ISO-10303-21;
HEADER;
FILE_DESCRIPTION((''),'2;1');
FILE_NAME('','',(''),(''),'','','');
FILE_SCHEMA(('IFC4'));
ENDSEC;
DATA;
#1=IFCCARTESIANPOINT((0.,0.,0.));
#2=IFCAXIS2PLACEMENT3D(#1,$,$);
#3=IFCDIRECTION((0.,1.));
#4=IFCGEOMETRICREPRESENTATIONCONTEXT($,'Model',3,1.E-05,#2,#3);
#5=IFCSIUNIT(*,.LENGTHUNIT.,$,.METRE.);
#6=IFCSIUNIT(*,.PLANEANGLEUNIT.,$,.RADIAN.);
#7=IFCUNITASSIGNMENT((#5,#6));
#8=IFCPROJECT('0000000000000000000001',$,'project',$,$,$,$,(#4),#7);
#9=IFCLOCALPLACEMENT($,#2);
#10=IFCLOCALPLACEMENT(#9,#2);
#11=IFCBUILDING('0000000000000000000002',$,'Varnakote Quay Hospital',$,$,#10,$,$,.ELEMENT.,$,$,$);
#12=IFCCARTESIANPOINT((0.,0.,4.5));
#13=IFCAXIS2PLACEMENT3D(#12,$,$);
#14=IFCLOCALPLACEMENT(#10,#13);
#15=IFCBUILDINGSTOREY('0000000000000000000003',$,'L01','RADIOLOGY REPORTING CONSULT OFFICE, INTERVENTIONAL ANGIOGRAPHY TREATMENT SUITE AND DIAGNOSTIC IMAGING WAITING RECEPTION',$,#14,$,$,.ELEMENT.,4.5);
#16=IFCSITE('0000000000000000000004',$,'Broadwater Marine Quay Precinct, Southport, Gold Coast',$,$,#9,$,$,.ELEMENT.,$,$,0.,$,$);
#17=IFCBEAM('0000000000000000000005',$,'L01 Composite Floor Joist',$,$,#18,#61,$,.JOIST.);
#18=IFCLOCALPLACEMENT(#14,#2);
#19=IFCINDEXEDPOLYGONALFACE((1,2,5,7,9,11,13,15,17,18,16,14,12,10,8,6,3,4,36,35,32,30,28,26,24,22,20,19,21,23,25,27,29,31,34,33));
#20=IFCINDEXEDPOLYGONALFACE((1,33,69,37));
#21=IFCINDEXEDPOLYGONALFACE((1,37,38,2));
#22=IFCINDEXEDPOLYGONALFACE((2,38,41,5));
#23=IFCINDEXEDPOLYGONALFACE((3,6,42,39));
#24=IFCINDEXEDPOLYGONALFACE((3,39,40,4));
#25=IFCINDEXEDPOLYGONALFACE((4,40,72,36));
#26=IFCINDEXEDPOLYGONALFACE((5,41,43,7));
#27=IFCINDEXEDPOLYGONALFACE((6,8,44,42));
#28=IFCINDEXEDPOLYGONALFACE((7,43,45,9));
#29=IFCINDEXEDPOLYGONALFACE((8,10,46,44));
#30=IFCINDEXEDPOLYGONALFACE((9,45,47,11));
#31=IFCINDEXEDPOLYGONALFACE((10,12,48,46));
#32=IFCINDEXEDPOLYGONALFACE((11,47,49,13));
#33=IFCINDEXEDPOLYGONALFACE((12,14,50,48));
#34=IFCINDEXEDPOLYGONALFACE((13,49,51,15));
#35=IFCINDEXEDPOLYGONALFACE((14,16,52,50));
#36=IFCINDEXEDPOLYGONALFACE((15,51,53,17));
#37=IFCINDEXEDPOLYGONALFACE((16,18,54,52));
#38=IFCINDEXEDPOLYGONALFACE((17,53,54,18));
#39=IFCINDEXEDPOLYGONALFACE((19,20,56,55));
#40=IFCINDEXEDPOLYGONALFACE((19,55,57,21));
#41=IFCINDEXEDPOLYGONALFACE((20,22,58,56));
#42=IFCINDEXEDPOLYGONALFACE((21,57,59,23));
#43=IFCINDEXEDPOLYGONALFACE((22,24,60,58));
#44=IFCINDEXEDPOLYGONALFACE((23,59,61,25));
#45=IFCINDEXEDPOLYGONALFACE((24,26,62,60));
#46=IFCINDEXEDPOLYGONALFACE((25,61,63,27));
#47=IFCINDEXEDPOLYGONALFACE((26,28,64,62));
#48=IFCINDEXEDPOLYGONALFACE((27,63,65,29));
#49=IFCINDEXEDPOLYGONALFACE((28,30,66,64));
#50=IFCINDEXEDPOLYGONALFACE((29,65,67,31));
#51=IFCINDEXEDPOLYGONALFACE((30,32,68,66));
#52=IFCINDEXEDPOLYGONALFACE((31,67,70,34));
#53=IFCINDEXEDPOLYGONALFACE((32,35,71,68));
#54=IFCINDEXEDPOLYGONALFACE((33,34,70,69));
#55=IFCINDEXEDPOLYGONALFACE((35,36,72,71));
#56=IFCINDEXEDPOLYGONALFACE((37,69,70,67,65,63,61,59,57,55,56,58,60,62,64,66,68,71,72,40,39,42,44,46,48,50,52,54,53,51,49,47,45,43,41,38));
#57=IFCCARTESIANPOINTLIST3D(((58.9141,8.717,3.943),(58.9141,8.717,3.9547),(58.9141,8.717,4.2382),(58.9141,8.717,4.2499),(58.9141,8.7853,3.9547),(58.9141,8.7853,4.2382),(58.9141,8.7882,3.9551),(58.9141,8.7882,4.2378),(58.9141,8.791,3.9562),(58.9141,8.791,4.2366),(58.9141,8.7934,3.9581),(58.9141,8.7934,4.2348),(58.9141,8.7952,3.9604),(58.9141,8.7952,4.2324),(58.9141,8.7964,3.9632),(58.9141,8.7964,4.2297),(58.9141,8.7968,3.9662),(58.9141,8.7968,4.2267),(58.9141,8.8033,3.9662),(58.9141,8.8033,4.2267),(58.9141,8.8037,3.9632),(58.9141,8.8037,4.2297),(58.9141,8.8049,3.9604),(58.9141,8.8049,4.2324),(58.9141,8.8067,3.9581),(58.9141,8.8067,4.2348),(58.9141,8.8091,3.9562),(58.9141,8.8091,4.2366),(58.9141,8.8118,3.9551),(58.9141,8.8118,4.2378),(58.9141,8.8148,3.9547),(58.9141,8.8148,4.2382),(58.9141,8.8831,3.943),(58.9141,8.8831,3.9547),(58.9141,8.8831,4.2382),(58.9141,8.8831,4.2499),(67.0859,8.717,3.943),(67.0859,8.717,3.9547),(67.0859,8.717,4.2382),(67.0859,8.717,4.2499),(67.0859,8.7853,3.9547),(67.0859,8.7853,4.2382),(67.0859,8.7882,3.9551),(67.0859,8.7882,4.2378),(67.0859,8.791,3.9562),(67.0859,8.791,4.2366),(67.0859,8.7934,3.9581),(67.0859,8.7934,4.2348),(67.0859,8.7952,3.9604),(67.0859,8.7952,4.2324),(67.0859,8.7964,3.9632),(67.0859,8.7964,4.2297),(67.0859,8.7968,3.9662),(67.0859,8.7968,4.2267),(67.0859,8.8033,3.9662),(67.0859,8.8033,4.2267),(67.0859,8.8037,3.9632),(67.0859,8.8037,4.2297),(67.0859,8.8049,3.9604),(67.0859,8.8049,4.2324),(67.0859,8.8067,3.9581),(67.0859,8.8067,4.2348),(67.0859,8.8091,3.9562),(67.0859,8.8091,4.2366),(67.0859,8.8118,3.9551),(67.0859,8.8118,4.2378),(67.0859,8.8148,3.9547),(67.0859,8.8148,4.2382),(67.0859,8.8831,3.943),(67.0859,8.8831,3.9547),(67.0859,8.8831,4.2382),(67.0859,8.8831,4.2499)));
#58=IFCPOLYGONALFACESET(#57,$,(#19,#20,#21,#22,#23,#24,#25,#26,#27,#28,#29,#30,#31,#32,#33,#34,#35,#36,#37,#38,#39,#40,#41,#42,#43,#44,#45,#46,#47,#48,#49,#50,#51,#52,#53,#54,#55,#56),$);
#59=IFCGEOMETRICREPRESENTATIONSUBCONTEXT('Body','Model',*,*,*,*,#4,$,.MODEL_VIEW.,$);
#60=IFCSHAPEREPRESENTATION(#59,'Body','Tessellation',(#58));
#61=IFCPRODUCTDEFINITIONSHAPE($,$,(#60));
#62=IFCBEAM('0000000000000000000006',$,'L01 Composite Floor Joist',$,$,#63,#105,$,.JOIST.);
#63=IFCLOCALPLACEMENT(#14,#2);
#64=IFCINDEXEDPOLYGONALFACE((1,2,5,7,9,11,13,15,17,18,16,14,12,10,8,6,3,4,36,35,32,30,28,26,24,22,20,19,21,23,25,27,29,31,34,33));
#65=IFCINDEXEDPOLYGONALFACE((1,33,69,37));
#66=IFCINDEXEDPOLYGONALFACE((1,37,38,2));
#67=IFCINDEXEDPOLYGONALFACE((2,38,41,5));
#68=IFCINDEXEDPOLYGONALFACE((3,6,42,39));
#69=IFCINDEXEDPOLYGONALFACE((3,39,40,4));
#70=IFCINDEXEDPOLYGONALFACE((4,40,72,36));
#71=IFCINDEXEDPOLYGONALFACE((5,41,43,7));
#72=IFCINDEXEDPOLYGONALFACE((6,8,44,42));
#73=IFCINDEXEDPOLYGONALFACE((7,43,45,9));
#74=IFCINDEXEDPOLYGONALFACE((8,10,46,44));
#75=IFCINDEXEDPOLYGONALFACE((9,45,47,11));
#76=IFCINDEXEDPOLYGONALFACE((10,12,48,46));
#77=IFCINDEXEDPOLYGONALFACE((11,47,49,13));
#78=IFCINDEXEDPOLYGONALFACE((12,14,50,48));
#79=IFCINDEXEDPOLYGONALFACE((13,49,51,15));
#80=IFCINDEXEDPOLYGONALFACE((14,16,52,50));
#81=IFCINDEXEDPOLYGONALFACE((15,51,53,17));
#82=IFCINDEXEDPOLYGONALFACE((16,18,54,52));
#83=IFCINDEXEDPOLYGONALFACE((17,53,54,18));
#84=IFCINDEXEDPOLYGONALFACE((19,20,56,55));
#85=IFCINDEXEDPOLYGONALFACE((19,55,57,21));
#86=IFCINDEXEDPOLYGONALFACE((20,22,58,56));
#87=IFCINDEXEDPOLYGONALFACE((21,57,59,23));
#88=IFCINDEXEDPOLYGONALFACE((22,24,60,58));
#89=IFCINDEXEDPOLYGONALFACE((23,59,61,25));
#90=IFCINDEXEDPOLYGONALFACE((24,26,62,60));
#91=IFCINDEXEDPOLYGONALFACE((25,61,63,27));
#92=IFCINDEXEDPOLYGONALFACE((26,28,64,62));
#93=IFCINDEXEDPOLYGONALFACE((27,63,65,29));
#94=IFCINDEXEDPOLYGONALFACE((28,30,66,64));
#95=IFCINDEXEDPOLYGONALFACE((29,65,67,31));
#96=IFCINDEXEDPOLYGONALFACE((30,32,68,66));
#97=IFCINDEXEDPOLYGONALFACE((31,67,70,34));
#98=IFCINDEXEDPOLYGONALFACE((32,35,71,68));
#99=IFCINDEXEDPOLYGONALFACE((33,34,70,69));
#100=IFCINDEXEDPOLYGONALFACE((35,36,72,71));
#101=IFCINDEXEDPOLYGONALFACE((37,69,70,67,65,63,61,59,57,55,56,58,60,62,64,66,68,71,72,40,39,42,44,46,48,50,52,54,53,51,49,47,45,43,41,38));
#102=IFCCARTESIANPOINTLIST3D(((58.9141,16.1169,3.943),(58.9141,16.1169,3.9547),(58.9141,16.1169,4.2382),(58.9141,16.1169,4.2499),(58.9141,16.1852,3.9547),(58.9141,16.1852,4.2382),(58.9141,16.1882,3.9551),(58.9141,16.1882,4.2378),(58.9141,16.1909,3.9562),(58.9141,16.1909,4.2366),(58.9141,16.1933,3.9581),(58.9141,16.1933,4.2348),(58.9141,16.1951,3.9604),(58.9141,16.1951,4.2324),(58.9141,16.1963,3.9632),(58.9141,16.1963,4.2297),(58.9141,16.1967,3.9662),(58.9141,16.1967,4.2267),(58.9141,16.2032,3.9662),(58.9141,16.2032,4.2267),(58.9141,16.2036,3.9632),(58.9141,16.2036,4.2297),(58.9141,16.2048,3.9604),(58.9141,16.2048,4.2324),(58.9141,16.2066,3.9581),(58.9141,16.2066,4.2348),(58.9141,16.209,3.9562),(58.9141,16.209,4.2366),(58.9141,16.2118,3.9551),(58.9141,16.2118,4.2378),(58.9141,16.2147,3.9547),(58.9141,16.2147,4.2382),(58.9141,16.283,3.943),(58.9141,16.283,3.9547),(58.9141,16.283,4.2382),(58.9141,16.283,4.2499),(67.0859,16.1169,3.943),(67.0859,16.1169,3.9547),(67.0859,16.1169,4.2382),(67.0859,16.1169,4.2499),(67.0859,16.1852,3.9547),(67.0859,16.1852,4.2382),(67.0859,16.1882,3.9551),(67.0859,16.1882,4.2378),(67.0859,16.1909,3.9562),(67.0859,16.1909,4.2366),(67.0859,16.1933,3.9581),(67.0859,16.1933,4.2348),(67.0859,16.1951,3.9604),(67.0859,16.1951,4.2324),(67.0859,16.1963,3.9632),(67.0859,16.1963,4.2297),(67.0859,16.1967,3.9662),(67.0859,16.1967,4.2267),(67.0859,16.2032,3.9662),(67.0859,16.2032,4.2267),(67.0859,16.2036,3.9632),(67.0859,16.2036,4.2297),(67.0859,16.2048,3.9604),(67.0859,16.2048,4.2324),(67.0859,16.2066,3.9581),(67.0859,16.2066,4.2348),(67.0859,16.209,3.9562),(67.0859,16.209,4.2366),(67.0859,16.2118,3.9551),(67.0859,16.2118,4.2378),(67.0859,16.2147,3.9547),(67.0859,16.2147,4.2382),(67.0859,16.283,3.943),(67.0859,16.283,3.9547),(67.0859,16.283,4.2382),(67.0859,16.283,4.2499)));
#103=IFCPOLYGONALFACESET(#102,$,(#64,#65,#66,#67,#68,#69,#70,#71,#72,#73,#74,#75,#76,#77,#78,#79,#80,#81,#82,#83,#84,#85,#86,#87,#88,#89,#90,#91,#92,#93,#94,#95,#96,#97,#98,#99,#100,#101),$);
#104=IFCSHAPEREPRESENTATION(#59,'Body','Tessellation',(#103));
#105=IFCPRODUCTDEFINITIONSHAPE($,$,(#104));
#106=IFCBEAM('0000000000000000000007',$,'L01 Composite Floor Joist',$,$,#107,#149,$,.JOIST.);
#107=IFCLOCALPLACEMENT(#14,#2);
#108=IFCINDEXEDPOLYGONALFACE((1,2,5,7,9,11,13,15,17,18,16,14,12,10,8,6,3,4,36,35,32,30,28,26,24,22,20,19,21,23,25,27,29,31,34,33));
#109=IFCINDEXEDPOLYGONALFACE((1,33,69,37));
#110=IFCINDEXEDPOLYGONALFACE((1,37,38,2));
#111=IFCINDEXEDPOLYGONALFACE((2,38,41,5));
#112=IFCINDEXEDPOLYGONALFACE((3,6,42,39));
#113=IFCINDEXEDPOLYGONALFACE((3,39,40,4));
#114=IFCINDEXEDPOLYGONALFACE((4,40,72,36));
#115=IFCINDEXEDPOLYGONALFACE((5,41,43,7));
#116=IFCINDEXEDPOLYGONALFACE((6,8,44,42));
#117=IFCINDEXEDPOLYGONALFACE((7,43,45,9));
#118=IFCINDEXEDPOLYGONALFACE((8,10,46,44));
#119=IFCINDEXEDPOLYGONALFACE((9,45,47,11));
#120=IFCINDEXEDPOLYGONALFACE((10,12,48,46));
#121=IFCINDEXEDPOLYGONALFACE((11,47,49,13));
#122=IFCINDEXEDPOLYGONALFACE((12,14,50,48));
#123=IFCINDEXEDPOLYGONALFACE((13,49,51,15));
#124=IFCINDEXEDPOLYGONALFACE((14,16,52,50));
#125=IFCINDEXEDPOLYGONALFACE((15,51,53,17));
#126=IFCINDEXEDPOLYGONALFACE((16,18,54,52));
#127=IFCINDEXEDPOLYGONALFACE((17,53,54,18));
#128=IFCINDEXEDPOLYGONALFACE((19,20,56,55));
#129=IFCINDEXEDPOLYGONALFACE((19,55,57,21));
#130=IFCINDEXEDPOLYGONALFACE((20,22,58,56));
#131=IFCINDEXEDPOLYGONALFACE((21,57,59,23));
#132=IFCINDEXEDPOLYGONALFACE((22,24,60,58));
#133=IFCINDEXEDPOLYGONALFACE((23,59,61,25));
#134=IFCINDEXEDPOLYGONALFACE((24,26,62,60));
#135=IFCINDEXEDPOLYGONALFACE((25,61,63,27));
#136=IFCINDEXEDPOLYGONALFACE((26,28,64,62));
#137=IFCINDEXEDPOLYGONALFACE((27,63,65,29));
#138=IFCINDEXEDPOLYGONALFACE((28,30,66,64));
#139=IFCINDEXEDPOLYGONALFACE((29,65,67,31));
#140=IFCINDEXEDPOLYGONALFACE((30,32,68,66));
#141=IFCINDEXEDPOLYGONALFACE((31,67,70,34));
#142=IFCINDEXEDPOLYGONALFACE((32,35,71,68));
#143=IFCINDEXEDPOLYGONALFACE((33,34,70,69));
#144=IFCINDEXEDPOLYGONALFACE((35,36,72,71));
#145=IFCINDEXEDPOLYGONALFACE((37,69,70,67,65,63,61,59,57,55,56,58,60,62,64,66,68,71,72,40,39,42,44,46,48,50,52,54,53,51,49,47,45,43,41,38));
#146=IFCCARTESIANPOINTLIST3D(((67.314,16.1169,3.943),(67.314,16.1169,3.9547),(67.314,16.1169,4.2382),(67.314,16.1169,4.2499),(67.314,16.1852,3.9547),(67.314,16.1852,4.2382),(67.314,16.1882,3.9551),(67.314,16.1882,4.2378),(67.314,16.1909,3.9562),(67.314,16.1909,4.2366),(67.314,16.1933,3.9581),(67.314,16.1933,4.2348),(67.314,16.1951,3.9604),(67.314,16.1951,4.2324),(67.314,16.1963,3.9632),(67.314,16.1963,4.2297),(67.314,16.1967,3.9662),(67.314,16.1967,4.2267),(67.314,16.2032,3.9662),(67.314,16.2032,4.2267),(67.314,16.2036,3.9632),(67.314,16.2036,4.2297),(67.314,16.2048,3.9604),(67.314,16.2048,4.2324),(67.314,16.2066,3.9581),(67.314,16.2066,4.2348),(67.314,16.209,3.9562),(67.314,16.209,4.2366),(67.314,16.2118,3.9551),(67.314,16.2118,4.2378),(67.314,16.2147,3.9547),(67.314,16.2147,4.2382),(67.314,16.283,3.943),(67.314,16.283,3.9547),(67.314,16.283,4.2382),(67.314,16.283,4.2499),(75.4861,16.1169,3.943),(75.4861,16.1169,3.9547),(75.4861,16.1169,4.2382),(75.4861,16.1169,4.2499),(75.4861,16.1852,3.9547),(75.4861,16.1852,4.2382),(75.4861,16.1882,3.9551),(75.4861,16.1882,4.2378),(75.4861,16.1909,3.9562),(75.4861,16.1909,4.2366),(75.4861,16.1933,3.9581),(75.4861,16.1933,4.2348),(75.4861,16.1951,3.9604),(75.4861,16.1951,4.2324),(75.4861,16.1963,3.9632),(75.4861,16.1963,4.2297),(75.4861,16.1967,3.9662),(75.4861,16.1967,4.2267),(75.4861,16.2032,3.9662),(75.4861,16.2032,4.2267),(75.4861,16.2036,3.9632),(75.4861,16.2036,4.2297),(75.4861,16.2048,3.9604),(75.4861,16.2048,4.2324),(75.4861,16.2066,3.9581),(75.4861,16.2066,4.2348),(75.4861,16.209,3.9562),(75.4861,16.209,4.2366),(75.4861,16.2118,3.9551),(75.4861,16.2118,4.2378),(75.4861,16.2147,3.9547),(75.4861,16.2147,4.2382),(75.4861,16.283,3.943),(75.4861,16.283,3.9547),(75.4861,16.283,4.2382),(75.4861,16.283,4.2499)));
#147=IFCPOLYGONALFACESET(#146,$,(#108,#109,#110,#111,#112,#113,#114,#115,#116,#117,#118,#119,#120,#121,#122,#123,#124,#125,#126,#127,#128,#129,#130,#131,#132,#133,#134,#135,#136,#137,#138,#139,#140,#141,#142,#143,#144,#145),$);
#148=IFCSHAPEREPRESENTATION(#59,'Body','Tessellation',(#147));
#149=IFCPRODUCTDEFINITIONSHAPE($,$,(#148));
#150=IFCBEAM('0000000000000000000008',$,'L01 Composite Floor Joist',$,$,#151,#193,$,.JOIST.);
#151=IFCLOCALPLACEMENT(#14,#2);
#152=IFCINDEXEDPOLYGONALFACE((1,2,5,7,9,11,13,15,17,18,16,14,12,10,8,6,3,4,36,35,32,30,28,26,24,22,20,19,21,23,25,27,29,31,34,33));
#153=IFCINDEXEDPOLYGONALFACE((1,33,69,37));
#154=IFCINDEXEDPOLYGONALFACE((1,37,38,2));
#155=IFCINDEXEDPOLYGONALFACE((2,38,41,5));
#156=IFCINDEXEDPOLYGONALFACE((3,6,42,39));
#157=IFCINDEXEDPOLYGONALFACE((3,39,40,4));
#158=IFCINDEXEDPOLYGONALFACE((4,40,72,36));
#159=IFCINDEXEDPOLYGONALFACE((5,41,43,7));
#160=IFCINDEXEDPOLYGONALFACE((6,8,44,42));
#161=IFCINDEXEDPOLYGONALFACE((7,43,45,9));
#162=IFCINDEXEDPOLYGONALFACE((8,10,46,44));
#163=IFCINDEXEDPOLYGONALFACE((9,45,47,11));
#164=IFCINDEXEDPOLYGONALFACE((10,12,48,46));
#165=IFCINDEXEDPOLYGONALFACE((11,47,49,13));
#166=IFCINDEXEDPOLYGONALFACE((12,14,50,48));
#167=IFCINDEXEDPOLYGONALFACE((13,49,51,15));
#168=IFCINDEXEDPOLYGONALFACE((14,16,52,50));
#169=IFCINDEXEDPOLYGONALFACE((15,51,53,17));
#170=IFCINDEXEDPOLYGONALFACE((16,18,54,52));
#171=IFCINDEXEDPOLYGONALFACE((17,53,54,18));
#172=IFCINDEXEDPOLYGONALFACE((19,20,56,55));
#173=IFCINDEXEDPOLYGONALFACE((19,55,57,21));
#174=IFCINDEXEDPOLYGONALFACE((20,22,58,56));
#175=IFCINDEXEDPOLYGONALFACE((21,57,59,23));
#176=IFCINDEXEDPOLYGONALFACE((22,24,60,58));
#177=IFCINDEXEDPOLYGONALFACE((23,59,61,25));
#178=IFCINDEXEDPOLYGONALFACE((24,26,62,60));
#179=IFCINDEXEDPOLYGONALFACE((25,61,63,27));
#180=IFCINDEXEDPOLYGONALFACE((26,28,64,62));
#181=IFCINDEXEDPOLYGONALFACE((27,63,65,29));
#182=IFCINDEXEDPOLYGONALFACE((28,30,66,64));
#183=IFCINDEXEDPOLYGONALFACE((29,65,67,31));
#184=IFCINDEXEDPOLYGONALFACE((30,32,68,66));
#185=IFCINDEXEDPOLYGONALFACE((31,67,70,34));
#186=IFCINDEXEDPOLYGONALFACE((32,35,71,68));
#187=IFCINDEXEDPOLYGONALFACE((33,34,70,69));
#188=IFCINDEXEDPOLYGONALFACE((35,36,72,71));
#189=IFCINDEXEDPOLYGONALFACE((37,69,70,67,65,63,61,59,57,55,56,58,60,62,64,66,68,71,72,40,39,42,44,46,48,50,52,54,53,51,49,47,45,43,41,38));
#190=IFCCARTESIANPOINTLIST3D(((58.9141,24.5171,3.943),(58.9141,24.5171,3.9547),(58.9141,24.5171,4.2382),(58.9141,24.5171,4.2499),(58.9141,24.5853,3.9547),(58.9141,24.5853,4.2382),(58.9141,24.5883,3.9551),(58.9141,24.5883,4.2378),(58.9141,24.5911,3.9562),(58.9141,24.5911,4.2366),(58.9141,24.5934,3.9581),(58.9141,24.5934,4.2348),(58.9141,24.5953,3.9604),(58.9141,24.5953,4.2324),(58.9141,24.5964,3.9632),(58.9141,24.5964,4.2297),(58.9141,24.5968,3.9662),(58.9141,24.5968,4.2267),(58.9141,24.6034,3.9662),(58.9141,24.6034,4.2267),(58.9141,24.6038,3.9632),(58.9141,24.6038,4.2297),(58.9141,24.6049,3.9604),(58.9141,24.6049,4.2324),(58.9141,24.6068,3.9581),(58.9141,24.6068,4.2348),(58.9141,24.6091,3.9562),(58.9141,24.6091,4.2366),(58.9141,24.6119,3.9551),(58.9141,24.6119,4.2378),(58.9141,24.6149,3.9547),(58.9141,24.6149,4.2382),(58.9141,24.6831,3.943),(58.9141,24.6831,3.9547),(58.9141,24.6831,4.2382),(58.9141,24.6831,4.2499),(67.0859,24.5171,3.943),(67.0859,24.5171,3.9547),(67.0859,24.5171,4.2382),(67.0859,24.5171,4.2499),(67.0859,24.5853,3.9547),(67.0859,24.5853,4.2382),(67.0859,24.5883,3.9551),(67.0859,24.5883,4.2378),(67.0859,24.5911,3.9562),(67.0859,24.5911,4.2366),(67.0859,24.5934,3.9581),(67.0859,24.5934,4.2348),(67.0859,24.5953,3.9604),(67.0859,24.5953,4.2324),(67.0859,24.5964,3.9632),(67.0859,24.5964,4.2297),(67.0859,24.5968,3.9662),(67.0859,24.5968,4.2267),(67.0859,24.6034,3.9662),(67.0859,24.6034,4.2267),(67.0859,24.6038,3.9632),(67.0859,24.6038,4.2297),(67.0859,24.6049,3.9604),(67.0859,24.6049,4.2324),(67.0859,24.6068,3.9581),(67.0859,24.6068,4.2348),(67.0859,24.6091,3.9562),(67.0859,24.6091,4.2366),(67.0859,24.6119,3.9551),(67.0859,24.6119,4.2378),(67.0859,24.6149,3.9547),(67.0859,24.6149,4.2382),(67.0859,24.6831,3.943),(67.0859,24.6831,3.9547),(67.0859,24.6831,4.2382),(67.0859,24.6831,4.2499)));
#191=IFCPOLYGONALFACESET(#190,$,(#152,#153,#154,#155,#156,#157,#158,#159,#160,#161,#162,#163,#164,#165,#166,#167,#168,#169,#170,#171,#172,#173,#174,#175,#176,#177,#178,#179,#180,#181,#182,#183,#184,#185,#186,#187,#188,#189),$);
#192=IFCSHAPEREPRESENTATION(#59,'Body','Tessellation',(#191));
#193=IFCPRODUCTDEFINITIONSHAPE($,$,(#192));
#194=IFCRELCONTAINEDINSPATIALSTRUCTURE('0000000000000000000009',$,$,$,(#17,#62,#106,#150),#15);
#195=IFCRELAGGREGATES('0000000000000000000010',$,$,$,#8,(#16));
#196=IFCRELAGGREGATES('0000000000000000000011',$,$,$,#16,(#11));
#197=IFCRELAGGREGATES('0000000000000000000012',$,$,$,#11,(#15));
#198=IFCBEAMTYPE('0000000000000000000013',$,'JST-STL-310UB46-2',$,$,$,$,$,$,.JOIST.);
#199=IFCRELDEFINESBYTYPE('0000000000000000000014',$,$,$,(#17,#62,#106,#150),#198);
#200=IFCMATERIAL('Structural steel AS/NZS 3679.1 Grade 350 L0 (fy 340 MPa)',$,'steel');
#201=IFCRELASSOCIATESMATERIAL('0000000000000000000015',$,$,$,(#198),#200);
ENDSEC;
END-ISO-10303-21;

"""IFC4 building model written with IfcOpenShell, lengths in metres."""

from ifc_helpers import new_model, si_unit, direction, frame, origin, origin_2d, place, context, subcontext, project, spatial, i_section, extrude, material, material_profile, profile_set, type_object, element, save


model = new_model("IFC4")

# Units and contexts
model_context = context("Model", 3, precision=1e-05, world=origin(), true_north=direction((0.0, 1.0)))
body_context = subcontext(model_context, "Body", "Model", "MODEL_VIEW")
ifc_project = project(units=[si_unit("LENGTHUNIT", "METRE"), si_unit("PLANEANGLEUNIT", "RADIAN")], contexts=[model_context])

# Site, building, storey
site_placement = place(None, origin())
site = spatial("IfcSite", under=ifc_project, at=site_placement, Name="Broadwater Marine Quay Precinct, Southport, Gold Coast", CompositionType="ELEMENT", RefElevation=0.0)
building_placement = place(site_placement, origin())
building = spatial("IfcBuilding", under=site, at=building_placement, Name="Varnakote Quay Hospital", CompositionType="ELEMENT")
storey_placement = place(building_placement, frame((0.0, 0.0, 4.5)))
storey = spatial("IfcBuildingStorey", under=building, at=storey_placement, Name="L01", Description="RADIOLOGY REPORTING CONSULT OFFICE, INTERVENTIONAL ANGIOGRAPHY TREATMENT SUITE AND DIAGNOSTIC IMAGING WAITING RECEPTION", CompositionType="ELEMENT", Elevation=4.5)

# Beams
ifc_material_1 = material(Name="Structural steel AS/NZS 3679.1 Grade 350 L0 (fy 340 MPa)", Category="steel")
ifc_material_profile_1 = material_profile(ifc_material_1, i_section(OverallWidth=0.166, OverallDepth=0.3069, WebThickness=0.0066, FlangeThickness=0.0117, FilletRadius=0.0115, at=origin_2d()), Name="310UB46.2")
ifc_profile_set_1 = profile_set([ifc_material_profile_1], Name="Structural steel AS/NZS 3679.1 Grade 350 L0 (fy 340 MPa)")
beam_type_1 = type_object("IfcBeamType", Name="JST-STL-310UB46-2", PredefinedType="JOIST", material=ifc_profile_set_1)
for number, where, z_axis, x_axis, name in (
    (1, (58.9141, 8.8, 4.0964), (1.0, 0.0, 0.0), (0.0, 1.0, 0.0), "L01 Composite Floor Joist"),
    (2, (58.9141, 16.2, 4.0964), (1.0, 0.0, 0.0), (0.0, 1.0, 0.0), "L01 Composite Floor Joist"),
):
    element("IfcBeam", number, at=place(storey_placement, frame(where, z_axis=z_axis, x_axis=x_axis)), inside=storey, type_object=beam_type_1, Name=name, PredefinedType="JOIST", context=body_context, shape_type="SweptSolid", body=[
        extrude(i_section(OverallWidth=0.166, OverallDepth=0.3069, WebThickness=0.0066, FlangeThickness=0.0117, FilletRadius=0.0115, at=origin_2d()), origin(), (0.0, 0.0, 1.0), 8.1719),
    ])
beam_1_placement = place(storey_placement, frame((67.314, 16.2, 4.0964), z_axis=(1.0, 0.0, 0.0), x_axis=(0.0, 1.0, 0.0)))
element("IfcBeam", 3, at=beam_1_placement, inside=storey, type_object=beam_type_1, Name="L01 Composite Floor Joist", PredefinedType="JOIST", context=body_context, shape_type="SweptSolid", body=[
    extrude(i_section(OverallWidth=0.166, OverallDepth=0.3069, WebThickness=0.0066, FlangeThickness=0.0117, FilletRadius=0.0115, at=origin_2d()), origin(), (0.0, 0.0, 1.0), 8.1721),
])
beam_2_placement = place(storey_placement, frame((58.9141, 24.6001, 4.0964), z_axis=(1.0, 0.0, 0.0), x_axis=(0.0, 1.0, 0.0)))
element("IfcBeam", 4, at=beam_2_placement, inside=storey, type_object=beam_type_1, Name="L01 Composite Floor Joist", PredefinedType="JOIST", context=body_context, shape_type="SweptSolid", body=[
    extrude(i_section(OverallWidth=0.166, OverallDepth=0.3069, WebThickness=0.0066, FlangeThickness=0.0117, FilletRadius=0.0115, at=origin_2d()), origin(), (0.0, 0.0, 1.0), 8.1719),
])

save(model, "model.ifc")
